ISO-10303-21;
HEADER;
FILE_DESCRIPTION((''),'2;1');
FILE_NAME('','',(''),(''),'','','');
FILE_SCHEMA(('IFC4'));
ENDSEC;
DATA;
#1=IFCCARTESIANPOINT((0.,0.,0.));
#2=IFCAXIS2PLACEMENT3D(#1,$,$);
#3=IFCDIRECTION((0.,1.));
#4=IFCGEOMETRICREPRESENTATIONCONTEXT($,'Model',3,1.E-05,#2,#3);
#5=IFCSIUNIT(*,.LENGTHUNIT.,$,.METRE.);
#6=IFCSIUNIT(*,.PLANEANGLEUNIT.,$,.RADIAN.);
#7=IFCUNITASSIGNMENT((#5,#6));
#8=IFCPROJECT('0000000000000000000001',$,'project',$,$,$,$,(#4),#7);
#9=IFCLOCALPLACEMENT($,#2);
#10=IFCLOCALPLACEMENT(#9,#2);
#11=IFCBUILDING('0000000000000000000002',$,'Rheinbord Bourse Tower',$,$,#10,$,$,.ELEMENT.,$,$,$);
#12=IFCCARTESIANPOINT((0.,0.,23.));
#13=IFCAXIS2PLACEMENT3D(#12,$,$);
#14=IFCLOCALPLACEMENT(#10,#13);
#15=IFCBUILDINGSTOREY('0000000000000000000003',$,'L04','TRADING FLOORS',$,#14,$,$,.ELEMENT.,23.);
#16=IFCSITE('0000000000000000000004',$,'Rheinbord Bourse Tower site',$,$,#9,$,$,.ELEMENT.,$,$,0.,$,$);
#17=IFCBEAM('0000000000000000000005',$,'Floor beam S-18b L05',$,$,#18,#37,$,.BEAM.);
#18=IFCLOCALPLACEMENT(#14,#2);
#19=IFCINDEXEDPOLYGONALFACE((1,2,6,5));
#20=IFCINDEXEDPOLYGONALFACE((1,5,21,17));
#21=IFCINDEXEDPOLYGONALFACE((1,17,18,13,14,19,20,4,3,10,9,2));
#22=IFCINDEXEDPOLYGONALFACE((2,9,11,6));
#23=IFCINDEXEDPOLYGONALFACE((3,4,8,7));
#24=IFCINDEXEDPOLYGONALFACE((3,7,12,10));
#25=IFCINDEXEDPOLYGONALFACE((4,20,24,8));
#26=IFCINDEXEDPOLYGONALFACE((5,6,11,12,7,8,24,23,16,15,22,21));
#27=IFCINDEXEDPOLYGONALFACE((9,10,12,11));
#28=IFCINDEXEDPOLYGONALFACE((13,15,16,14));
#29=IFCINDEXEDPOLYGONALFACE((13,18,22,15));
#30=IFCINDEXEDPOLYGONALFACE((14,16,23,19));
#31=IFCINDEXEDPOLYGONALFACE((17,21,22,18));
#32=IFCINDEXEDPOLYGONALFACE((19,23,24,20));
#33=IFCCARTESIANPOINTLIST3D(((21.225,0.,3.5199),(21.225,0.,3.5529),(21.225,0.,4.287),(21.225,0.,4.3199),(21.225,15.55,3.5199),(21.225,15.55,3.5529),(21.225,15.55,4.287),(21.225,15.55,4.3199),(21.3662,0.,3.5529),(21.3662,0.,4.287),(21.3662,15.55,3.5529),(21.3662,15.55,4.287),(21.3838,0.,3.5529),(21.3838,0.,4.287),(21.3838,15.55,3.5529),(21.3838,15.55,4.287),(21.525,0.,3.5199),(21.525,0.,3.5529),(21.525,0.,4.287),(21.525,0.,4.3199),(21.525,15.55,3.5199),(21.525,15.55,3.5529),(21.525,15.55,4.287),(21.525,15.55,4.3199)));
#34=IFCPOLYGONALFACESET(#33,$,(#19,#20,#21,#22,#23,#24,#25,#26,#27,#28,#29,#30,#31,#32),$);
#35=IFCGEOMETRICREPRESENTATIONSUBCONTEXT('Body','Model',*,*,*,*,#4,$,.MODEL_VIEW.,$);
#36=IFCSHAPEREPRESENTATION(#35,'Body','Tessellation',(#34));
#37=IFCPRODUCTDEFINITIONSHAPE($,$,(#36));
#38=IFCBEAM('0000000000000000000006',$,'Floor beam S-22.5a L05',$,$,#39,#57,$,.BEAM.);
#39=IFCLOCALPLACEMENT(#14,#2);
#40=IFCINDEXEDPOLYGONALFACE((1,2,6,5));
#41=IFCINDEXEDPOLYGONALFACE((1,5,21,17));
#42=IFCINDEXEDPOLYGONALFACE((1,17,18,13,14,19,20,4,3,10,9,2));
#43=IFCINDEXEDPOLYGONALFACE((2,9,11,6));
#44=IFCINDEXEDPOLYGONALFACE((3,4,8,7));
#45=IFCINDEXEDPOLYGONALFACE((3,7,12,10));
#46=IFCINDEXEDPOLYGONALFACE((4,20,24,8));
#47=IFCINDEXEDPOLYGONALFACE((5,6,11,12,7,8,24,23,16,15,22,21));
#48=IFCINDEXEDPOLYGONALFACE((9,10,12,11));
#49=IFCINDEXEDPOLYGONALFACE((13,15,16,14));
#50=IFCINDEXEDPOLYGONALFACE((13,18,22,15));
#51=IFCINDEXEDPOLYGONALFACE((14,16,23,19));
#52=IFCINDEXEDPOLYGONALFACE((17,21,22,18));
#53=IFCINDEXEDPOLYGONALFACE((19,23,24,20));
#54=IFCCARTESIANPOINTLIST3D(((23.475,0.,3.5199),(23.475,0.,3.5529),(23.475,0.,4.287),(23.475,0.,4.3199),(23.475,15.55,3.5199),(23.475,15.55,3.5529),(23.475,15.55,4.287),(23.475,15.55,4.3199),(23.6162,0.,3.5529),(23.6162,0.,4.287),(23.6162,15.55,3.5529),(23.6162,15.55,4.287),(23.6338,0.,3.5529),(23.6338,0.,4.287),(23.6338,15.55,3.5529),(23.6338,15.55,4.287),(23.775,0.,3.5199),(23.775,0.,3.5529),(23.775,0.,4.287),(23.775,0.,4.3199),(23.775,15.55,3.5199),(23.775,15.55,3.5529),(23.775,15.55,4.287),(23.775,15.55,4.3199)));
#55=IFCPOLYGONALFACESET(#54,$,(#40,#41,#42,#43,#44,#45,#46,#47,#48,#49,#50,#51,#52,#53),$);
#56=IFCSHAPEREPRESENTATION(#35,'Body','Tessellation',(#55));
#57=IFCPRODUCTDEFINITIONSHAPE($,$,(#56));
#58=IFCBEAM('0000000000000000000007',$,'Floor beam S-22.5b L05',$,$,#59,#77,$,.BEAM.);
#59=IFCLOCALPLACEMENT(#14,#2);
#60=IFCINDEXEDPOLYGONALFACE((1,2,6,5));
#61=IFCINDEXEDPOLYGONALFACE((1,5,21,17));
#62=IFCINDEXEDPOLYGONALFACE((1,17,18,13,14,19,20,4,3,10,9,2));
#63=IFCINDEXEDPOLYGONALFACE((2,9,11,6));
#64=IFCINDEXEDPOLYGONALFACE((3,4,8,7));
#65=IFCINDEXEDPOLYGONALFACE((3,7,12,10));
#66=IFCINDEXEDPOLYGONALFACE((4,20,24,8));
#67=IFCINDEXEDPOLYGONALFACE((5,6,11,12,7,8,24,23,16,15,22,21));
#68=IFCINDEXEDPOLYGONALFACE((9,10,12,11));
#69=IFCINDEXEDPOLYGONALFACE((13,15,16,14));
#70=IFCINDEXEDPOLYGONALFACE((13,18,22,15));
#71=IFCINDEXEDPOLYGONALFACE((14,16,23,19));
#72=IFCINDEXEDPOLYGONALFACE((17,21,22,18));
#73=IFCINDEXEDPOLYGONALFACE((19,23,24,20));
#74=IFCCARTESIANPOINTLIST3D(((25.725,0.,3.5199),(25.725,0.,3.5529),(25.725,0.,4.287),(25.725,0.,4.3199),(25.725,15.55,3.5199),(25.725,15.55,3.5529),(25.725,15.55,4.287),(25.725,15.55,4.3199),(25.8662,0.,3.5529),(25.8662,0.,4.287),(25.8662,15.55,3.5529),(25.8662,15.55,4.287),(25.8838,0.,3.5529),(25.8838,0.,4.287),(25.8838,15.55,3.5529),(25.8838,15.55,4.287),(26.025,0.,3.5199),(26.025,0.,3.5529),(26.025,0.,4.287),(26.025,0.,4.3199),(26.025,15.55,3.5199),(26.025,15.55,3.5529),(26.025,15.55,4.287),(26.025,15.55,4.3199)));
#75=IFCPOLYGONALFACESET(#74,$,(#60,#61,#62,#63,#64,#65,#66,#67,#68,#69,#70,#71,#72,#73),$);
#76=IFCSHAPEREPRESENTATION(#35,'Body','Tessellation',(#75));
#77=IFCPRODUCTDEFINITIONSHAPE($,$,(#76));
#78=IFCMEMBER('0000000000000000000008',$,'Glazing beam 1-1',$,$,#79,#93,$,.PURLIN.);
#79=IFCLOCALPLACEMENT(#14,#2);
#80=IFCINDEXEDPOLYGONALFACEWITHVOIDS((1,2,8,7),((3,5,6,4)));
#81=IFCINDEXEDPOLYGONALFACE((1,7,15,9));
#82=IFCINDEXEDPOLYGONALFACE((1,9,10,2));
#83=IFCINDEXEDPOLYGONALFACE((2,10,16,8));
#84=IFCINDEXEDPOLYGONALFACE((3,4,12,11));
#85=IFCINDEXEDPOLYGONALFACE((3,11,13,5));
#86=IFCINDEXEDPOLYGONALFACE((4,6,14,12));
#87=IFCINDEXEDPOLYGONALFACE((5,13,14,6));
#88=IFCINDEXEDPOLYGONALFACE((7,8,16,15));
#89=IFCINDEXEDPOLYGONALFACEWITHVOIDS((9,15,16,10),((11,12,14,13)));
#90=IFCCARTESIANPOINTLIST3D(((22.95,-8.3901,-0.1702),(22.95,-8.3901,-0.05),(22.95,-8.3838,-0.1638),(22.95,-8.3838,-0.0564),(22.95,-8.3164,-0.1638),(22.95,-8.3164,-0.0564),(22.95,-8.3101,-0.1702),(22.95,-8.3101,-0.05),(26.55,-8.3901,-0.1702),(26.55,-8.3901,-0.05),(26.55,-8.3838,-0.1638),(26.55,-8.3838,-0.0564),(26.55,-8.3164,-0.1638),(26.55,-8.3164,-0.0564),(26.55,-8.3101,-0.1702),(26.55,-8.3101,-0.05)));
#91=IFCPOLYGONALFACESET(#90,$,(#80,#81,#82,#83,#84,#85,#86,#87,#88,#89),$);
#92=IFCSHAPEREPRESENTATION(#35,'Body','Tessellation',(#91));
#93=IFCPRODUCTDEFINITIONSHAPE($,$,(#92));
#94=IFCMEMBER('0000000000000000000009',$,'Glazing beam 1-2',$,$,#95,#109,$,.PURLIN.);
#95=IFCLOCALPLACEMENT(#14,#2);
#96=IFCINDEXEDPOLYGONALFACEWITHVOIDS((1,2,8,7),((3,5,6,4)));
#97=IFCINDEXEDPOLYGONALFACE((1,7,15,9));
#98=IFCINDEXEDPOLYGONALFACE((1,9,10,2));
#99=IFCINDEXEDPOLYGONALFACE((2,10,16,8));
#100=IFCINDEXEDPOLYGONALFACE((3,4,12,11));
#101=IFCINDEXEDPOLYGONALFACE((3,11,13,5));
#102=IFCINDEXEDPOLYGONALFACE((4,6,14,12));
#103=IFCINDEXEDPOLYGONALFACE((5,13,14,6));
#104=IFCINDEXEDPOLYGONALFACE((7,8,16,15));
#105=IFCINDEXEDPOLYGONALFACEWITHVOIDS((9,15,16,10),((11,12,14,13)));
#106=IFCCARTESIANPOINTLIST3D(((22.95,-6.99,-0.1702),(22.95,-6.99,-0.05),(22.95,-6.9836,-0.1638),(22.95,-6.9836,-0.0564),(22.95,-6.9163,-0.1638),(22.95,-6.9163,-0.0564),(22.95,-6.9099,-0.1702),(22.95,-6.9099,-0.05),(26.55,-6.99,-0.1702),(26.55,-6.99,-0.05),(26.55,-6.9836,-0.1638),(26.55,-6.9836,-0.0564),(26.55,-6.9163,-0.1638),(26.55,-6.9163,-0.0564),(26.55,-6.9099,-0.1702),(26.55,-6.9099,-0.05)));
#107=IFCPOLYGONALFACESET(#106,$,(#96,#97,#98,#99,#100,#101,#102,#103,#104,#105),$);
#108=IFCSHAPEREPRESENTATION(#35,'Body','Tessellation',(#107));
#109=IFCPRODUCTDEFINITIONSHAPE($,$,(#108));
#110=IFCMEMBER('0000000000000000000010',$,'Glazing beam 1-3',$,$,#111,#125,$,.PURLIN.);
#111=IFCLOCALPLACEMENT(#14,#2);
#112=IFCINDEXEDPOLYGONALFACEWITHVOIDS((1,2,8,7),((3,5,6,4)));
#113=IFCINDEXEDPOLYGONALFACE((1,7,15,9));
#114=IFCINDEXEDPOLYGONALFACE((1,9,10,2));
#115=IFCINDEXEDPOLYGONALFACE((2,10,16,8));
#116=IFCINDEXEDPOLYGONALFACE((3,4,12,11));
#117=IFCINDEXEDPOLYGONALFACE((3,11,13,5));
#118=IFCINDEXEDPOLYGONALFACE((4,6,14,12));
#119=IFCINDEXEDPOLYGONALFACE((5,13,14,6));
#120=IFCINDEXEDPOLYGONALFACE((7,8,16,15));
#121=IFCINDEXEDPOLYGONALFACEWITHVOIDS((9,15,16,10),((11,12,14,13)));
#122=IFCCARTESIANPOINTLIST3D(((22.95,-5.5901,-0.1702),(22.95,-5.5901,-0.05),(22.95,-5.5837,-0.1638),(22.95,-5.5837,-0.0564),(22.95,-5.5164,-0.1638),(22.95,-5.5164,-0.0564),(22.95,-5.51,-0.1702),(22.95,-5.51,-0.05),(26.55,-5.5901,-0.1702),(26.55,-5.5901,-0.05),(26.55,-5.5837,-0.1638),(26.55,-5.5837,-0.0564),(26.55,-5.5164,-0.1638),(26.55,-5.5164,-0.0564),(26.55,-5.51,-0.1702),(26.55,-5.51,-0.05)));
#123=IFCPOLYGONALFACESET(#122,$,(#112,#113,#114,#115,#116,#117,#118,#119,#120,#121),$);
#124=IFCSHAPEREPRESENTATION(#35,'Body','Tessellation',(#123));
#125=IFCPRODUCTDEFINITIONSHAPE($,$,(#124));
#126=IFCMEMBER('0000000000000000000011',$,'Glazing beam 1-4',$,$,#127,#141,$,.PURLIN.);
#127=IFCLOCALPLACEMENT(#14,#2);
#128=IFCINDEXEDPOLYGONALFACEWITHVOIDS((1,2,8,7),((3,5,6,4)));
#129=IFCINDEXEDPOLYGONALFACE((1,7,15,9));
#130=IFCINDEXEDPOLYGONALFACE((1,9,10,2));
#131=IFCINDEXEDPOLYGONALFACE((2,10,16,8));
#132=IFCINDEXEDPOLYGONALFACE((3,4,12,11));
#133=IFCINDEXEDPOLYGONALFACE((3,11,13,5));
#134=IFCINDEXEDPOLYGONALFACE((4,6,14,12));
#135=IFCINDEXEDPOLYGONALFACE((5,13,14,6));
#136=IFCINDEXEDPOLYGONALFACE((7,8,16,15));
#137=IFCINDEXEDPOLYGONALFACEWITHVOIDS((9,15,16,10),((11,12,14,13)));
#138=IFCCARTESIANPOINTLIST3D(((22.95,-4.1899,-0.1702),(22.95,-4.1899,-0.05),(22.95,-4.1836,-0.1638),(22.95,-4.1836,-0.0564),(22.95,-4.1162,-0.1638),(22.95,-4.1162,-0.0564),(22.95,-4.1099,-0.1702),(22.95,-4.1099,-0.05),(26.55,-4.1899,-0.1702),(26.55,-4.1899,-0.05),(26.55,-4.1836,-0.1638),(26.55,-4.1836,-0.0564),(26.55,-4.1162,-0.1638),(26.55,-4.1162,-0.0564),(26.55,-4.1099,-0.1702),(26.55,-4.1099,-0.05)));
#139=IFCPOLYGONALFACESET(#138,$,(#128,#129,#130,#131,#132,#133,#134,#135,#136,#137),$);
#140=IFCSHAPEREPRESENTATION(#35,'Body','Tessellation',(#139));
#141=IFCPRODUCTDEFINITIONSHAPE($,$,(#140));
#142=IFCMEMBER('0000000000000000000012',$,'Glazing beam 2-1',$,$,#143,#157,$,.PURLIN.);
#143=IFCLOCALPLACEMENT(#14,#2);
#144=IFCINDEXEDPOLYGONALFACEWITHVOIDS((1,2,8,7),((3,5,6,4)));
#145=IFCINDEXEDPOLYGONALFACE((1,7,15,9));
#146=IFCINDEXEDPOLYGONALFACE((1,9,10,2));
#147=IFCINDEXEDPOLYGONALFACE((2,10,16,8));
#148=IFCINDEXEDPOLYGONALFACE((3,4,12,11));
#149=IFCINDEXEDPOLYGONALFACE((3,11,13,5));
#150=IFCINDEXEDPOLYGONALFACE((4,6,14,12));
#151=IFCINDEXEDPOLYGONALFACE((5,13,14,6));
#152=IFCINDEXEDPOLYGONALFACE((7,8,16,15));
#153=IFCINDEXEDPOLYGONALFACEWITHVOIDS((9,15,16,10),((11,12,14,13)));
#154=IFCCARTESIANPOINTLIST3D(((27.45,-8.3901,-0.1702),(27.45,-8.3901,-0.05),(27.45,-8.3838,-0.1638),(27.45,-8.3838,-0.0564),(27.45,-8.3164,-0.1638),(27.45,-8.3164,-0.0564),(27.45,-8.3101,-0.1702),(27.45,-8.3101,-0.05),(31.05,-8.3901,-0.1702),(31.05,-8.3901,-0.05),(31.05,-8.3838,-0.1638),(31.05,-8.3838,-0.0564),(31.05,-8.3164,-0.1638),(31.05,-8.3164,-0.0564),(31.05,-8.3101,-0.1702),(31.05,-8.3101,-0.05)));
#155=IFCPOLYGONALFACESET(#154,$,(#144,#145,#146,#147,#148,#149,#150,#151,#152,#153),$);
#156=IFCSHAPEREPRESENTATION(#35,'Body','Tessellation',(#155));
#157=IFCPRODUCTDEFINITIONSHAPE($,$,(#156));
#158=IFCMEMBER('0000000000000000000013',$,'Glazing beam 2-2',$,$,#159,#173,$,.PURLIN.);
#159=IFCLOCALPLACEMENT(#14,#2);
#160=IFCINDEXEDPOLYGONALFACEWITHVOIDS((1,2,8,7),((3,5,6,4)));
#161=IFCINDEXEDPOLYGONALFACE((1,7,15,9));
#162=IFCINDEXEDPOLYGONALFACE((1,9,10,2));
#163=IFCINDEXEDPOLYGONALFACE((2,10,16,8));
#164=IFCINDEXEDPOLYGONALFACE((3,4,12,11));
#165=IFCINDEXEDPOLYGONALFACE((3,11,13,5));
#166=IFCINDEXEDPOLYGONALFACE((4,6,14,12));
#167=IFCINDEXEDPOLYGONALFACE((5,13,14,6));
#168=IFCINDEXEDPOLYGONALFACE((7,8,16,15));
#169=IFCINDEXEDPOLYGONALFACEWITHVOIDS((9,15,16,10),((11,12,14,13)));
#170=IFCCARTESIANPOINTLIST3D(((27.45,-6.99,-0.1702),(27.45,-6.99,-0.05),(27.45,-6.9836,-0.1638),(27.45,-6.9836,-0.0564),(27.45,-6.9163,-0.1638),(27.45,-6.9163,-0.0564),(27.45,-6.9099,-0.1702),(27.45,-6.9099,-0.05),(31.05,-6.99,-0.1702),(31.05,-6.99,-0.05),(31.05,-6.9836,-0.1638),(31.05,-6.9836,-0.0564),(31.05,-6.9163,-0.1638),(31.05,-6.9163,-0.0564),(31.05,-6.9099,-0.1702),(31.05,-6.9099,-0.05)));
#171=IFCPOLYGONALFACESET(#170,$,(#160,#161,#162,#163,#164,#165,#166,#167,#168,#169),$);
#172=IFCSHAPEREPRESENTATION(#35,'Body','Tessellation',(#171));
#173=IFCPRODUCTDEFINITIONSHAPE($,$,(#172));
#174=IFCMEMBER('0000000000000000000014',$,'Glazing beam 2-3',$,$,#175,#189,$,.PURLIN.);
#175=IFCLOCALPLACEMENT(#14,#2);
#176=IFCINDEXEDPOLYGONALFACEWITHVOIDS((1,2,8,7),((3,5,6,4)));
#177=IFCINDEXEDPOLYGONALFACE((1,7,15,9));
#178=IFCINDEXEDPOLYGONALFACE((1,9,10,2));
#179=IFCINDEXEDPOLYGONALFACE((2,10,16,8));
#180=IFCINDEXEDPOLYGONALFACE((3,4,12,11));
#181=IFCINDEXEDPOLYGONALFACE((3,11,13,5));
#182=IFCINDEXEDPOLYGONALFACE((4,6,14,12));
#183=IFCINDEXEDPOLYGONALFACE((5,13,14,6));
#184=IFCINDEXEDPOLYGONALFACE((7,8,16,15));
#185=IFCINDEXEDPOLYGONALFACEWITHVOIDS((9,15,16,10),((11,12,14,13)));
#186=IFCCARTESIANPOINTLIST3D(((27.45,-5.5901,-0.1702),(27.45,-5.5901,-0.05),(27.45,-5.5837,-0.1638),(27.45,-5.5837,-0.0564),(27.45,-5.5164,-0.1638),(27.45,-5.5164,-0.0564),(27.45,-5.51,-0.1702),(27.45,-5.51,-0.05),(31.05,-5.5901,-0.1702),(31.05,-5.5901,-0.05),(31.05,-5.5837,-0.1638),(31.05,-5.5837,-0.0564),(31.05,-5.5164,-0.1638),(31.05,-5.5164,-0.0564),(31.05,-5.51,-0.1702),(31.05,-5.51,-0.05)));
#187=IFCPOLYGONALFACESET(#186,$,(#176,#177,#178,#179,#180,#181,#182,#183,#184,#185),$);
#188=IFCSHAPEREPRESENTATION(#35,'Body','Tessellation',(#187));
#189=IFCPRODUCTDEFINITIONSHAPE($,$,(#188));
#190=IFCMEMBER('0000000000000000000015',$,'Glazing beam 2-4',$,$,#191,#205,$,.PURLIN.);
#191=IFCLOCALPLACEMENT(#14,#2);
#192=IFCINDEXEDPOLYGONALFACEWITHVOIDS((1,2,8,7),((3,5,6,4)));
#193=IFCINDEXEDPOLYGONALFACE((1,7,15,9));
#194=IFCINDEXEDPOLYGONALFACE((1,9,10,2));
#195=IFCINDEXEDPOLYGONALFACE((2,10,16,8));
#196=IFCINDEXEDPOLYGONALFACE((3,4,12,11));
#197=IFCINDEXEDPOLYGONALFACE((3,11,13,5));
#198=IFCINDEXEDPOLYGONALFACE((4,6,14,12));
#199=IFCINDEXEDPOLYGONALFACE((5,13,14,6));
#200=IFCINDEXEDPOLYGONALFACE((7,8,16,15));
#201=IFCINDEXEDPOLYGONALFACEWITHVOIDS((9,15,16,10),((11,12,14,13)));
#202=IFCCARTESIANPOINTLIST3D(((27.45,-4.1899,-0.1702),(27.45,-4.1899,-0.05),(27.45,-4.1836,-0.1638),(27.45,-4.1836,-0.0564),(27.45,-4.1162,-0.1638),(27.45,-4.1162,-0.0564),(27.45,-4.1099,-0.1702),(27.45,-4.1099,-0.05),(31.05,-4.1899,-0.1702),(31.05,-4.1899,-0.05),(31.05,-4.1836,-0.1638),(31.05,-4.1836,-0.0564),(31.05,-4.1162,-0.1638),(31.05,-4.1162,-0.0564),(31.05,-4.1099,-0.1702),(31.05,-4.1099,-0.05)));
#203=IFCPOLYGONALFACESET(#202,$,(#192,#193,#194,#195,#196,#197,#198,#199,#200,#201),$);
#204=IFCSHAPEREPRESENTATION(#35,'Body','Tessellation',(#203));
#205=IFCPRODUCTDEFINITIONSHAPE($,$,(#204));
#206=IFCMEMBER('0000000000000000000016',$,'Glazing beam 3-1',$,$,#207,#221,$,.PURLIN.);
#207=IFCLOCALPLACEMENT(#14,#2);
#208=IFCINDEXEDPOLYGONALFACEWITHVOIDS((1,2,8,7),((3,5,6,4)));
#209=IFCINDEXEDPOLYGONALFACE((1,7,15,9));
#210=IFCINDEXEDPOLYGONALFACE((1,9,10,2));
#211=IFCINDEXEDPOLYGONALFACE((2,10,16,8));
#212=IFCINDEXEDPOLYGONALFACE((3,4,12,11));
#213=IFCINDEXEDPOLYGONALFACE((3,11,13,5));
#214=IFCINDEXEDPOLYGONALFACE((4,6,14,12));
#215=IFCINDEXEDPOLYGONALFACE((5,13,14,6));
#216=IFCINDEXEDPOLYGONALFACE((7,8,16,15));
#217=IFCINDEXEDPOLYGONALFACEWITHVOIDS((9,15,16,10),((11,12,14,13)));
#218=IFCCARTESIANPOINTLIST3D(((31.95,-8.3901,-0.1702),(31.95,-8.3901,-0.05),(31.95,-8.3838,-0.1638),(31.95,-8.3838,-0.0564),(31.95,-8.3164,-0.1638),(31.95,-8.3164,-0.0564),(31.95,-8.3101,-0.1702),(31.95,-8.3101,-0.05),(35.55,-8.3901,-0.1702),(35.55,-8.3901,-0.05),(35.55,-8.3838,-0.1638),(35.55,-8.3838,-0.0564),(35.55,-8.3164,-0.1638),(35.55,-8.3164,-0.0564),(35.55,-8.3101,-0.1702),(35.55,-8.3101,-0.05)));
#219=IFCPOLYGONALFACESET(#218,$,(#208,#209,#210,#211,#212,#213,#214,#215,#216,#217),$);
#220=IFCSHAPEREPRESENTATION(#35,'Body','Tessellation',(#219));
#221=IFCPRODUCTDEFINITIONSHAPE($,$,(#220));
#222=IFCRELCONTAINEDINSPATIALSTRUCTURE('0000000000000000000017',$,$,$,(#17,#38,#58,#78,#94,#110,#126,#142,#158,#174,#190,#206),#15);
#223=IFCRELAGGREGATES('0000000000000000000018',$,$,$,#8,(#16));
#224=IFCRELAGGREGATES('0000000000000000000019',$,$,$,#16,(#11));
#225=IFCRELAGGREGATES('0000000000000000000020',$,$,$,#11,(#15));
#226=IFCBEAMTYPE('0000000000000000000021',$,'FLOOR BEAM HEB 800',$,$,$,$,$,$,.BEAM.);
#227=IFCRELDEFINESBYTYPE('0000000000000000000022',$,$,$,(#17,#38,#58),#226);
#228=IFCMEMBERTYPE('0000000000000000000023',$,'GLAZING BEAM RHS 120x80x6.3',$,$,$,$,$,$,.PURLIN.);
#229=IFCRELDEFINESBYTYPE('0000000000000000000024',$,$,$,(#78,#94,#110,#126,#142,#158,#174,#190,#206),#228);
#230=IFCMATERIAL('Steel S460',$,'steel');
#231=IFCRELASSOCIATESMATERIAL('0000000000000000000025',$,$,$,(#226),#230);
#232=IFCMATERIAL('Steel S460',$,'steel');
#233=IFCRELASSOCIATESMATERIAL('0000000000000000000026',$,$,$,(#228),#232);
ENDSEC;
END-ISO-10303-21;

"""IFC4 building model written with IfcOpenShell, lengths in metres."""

from ifc_helpers import new_model, si_unit, direction, frame, origin, origin_2d, place, context, subcontext, project, spatial, hollow_rectangle, i_section, extrude, material, material_profile, profile_set, type_object, element, save


model = new_model("IFC4")

# Units and contexts
model_context = context("Model", 3, precision=1e-05, world=origin(), true_north=direction((0.0, 1.0)))
body_context = subcontext(model_context, "Body", "Model", "MODEL_VIEW")
ifc_project = project(units=[si_unit("LENGTHUNIT", "METRE"), si_unit("PLANEANGLEUNIT", "RADIAN")], contexts=[model_context])

# Site, building, storey
site_placement = place(None, origin())
site = spatial("IfcSite", under=ifc_project, at=site_placement, Name="Rheinbord Bourse Tower site", CompositionType="ELEMENT", RefElevation=0.0)
building_placement = place(site_placement, origin())
building = spatial("IfcBuilding", under=site, at=building_placement, Name="Rheinbord Bourse Tower", CompositionType="ELEMENT")
storey_placement = place(building_placement, frame((0.0, 0.0, 23.0)))
storey = spatial("IfcBuildingStorey", under=building, at=storey_placement, Name="L04", Description="TRADING FLOORS", CompositionType="ELEMENT", Elevation=23.0)

# Beams
ifc_material_1 = material(Name="Steel S460", Category="steel")
ifc_material_profile_1 = material_profile(ifc_material_1, i_section(OverallWidth=0.3, OverallDepth=0.8, WebThickness=0.0176, FlangeThickness=0.033, at=origin_2d()), Name="HEB 800")
ifc_profile_set_1 = profile_set([ifc_material_profile_1], Name="Steel S460")
beam_type_1 = type_object("IfcBeamType", Name="FLOOR BEAM HEB 800", PredefinedType="BEAM", material=ifc_profile_set_1)
for number, where, z_axis, x_axis, name in (
    (1, (21.375, 0.0, 3.9199), (0.0, 1.0, 0.0), (-1.0, 0.0, 0.0), "Floor beam S-18b L05"),
    (2, (23.625, 0.0, 3.9199), (0.0, 1.0, 0.0), (-1.0, 0.0, 0.0), "Floor beam S-22.5a L05"),
    (3, (25.875, 0.0, 3.9199), (0.0, 1.0, 0.0), (-1.0, 0.0, 0.0), "Floor beam S-22.5b L05"),
):
    element("IfcBeam", number, at=place(storey_placement, frame(where, z_axis=z_axis, x_axis=x_axis)), inside=storey, type_object=beam_type_1, Name=name, PredefinedType="BEAM", context=body_context, shape_type="SweptSolid", body=[
        extrude(i_section(OverallWidth=0.3, OverallDepth=0.8, WebThickness=0.0176, FlangeThickness=0.033, at=origin_2d()), origin(), (0.0, 0.0, 1.0), 15.55),
    ])

# Members
ifc_material_2 = material(Name="Steel S460", Category="steel")
ifc_material_profile_2 = material_profile(ifc_material_2, hollow_rectangle(XDim=0.0801, YDim=0.1201, WallThickness=0.0063, at=origin_2d()), Name="RHS 120x80x6.3")
ifc_profile_set_2 = profile_set([ifc_material_profile_2], Name="Steel S460")
member_type_1 = type_object("IfcMemberType", Name="GLAZING BEAM RHS 120x80x6.3", PredefinedType="PURLIN", material=ifc_profile_set_2)
for number, where, z_axis, x_axis, name in (
    (4, (22.95, -8.3501, -0.1101), (1.0, 0.0, 0.0), (0.0, 1.0, 0.0), "Glazing beam 1-1"),
    (5, (22.95, -6.95, -0.1101), (1.0, 0.0, 0.0), (0.0, 1.0, 0.0), "Glazing beam 1-2"),
    (6, (22.95, -5.55, -0.1101), (1.0, 0.0, 0.0), (0.0, 1.0, 0.0), "Glazing beam 1-3"),
    (7, (22.95, -4.1499, -0.1101), (1.0, 0.0, 0.0), (0.0, 1.0, 0.0), "Glazing beam 1-4"),
    (8, (27.45, -8.3501, -0.1101), (1.0, 0.0, 0.0), (0.0, 1.0, 0.0), "Glazing beam 2-1"),
    (9, (27.45, -6.95, -0.1101), (1.0, 0.0, 0.0), (0.0, 1.0, 0.0), "Glazing beam 2-2"),
    (10, (27.45, -5.55, -0.1101), (1.0, 0.0, 0.0), (0.0, 1.0, 0.0), "Glazing beam 2-3"),
    (11, (27.45, -4.1499, -0.1101), (1.0, 0.0, 0.0), (0.0, 1.0, 0.0), "Glazing beam 2-4"),
    (12, (31.95, -8.3501, -0.1101), (1.0, 0.0, 0.0), (0.0, 1.0, 0.0), "Glazing beam 3-1"),
):
    element("IfcMember", number, at=place(storey_placement, frame(where, z_axis=z_axis, x_axis=x_axis)), inside=storey, type_object=member_type_1, Name=name, PredefinedType="PURLIN", context=body_context, shape_type="SweptSolid", body=[
        extrude(hollow_rectangle(XDim=0.0801, YDim=0.1201, WallThickness=0.0063, at=origin_2d()), origin(), (0.0, 0.0, 1.0), 3.6001),
    ])

save(model, "model.ifc")
